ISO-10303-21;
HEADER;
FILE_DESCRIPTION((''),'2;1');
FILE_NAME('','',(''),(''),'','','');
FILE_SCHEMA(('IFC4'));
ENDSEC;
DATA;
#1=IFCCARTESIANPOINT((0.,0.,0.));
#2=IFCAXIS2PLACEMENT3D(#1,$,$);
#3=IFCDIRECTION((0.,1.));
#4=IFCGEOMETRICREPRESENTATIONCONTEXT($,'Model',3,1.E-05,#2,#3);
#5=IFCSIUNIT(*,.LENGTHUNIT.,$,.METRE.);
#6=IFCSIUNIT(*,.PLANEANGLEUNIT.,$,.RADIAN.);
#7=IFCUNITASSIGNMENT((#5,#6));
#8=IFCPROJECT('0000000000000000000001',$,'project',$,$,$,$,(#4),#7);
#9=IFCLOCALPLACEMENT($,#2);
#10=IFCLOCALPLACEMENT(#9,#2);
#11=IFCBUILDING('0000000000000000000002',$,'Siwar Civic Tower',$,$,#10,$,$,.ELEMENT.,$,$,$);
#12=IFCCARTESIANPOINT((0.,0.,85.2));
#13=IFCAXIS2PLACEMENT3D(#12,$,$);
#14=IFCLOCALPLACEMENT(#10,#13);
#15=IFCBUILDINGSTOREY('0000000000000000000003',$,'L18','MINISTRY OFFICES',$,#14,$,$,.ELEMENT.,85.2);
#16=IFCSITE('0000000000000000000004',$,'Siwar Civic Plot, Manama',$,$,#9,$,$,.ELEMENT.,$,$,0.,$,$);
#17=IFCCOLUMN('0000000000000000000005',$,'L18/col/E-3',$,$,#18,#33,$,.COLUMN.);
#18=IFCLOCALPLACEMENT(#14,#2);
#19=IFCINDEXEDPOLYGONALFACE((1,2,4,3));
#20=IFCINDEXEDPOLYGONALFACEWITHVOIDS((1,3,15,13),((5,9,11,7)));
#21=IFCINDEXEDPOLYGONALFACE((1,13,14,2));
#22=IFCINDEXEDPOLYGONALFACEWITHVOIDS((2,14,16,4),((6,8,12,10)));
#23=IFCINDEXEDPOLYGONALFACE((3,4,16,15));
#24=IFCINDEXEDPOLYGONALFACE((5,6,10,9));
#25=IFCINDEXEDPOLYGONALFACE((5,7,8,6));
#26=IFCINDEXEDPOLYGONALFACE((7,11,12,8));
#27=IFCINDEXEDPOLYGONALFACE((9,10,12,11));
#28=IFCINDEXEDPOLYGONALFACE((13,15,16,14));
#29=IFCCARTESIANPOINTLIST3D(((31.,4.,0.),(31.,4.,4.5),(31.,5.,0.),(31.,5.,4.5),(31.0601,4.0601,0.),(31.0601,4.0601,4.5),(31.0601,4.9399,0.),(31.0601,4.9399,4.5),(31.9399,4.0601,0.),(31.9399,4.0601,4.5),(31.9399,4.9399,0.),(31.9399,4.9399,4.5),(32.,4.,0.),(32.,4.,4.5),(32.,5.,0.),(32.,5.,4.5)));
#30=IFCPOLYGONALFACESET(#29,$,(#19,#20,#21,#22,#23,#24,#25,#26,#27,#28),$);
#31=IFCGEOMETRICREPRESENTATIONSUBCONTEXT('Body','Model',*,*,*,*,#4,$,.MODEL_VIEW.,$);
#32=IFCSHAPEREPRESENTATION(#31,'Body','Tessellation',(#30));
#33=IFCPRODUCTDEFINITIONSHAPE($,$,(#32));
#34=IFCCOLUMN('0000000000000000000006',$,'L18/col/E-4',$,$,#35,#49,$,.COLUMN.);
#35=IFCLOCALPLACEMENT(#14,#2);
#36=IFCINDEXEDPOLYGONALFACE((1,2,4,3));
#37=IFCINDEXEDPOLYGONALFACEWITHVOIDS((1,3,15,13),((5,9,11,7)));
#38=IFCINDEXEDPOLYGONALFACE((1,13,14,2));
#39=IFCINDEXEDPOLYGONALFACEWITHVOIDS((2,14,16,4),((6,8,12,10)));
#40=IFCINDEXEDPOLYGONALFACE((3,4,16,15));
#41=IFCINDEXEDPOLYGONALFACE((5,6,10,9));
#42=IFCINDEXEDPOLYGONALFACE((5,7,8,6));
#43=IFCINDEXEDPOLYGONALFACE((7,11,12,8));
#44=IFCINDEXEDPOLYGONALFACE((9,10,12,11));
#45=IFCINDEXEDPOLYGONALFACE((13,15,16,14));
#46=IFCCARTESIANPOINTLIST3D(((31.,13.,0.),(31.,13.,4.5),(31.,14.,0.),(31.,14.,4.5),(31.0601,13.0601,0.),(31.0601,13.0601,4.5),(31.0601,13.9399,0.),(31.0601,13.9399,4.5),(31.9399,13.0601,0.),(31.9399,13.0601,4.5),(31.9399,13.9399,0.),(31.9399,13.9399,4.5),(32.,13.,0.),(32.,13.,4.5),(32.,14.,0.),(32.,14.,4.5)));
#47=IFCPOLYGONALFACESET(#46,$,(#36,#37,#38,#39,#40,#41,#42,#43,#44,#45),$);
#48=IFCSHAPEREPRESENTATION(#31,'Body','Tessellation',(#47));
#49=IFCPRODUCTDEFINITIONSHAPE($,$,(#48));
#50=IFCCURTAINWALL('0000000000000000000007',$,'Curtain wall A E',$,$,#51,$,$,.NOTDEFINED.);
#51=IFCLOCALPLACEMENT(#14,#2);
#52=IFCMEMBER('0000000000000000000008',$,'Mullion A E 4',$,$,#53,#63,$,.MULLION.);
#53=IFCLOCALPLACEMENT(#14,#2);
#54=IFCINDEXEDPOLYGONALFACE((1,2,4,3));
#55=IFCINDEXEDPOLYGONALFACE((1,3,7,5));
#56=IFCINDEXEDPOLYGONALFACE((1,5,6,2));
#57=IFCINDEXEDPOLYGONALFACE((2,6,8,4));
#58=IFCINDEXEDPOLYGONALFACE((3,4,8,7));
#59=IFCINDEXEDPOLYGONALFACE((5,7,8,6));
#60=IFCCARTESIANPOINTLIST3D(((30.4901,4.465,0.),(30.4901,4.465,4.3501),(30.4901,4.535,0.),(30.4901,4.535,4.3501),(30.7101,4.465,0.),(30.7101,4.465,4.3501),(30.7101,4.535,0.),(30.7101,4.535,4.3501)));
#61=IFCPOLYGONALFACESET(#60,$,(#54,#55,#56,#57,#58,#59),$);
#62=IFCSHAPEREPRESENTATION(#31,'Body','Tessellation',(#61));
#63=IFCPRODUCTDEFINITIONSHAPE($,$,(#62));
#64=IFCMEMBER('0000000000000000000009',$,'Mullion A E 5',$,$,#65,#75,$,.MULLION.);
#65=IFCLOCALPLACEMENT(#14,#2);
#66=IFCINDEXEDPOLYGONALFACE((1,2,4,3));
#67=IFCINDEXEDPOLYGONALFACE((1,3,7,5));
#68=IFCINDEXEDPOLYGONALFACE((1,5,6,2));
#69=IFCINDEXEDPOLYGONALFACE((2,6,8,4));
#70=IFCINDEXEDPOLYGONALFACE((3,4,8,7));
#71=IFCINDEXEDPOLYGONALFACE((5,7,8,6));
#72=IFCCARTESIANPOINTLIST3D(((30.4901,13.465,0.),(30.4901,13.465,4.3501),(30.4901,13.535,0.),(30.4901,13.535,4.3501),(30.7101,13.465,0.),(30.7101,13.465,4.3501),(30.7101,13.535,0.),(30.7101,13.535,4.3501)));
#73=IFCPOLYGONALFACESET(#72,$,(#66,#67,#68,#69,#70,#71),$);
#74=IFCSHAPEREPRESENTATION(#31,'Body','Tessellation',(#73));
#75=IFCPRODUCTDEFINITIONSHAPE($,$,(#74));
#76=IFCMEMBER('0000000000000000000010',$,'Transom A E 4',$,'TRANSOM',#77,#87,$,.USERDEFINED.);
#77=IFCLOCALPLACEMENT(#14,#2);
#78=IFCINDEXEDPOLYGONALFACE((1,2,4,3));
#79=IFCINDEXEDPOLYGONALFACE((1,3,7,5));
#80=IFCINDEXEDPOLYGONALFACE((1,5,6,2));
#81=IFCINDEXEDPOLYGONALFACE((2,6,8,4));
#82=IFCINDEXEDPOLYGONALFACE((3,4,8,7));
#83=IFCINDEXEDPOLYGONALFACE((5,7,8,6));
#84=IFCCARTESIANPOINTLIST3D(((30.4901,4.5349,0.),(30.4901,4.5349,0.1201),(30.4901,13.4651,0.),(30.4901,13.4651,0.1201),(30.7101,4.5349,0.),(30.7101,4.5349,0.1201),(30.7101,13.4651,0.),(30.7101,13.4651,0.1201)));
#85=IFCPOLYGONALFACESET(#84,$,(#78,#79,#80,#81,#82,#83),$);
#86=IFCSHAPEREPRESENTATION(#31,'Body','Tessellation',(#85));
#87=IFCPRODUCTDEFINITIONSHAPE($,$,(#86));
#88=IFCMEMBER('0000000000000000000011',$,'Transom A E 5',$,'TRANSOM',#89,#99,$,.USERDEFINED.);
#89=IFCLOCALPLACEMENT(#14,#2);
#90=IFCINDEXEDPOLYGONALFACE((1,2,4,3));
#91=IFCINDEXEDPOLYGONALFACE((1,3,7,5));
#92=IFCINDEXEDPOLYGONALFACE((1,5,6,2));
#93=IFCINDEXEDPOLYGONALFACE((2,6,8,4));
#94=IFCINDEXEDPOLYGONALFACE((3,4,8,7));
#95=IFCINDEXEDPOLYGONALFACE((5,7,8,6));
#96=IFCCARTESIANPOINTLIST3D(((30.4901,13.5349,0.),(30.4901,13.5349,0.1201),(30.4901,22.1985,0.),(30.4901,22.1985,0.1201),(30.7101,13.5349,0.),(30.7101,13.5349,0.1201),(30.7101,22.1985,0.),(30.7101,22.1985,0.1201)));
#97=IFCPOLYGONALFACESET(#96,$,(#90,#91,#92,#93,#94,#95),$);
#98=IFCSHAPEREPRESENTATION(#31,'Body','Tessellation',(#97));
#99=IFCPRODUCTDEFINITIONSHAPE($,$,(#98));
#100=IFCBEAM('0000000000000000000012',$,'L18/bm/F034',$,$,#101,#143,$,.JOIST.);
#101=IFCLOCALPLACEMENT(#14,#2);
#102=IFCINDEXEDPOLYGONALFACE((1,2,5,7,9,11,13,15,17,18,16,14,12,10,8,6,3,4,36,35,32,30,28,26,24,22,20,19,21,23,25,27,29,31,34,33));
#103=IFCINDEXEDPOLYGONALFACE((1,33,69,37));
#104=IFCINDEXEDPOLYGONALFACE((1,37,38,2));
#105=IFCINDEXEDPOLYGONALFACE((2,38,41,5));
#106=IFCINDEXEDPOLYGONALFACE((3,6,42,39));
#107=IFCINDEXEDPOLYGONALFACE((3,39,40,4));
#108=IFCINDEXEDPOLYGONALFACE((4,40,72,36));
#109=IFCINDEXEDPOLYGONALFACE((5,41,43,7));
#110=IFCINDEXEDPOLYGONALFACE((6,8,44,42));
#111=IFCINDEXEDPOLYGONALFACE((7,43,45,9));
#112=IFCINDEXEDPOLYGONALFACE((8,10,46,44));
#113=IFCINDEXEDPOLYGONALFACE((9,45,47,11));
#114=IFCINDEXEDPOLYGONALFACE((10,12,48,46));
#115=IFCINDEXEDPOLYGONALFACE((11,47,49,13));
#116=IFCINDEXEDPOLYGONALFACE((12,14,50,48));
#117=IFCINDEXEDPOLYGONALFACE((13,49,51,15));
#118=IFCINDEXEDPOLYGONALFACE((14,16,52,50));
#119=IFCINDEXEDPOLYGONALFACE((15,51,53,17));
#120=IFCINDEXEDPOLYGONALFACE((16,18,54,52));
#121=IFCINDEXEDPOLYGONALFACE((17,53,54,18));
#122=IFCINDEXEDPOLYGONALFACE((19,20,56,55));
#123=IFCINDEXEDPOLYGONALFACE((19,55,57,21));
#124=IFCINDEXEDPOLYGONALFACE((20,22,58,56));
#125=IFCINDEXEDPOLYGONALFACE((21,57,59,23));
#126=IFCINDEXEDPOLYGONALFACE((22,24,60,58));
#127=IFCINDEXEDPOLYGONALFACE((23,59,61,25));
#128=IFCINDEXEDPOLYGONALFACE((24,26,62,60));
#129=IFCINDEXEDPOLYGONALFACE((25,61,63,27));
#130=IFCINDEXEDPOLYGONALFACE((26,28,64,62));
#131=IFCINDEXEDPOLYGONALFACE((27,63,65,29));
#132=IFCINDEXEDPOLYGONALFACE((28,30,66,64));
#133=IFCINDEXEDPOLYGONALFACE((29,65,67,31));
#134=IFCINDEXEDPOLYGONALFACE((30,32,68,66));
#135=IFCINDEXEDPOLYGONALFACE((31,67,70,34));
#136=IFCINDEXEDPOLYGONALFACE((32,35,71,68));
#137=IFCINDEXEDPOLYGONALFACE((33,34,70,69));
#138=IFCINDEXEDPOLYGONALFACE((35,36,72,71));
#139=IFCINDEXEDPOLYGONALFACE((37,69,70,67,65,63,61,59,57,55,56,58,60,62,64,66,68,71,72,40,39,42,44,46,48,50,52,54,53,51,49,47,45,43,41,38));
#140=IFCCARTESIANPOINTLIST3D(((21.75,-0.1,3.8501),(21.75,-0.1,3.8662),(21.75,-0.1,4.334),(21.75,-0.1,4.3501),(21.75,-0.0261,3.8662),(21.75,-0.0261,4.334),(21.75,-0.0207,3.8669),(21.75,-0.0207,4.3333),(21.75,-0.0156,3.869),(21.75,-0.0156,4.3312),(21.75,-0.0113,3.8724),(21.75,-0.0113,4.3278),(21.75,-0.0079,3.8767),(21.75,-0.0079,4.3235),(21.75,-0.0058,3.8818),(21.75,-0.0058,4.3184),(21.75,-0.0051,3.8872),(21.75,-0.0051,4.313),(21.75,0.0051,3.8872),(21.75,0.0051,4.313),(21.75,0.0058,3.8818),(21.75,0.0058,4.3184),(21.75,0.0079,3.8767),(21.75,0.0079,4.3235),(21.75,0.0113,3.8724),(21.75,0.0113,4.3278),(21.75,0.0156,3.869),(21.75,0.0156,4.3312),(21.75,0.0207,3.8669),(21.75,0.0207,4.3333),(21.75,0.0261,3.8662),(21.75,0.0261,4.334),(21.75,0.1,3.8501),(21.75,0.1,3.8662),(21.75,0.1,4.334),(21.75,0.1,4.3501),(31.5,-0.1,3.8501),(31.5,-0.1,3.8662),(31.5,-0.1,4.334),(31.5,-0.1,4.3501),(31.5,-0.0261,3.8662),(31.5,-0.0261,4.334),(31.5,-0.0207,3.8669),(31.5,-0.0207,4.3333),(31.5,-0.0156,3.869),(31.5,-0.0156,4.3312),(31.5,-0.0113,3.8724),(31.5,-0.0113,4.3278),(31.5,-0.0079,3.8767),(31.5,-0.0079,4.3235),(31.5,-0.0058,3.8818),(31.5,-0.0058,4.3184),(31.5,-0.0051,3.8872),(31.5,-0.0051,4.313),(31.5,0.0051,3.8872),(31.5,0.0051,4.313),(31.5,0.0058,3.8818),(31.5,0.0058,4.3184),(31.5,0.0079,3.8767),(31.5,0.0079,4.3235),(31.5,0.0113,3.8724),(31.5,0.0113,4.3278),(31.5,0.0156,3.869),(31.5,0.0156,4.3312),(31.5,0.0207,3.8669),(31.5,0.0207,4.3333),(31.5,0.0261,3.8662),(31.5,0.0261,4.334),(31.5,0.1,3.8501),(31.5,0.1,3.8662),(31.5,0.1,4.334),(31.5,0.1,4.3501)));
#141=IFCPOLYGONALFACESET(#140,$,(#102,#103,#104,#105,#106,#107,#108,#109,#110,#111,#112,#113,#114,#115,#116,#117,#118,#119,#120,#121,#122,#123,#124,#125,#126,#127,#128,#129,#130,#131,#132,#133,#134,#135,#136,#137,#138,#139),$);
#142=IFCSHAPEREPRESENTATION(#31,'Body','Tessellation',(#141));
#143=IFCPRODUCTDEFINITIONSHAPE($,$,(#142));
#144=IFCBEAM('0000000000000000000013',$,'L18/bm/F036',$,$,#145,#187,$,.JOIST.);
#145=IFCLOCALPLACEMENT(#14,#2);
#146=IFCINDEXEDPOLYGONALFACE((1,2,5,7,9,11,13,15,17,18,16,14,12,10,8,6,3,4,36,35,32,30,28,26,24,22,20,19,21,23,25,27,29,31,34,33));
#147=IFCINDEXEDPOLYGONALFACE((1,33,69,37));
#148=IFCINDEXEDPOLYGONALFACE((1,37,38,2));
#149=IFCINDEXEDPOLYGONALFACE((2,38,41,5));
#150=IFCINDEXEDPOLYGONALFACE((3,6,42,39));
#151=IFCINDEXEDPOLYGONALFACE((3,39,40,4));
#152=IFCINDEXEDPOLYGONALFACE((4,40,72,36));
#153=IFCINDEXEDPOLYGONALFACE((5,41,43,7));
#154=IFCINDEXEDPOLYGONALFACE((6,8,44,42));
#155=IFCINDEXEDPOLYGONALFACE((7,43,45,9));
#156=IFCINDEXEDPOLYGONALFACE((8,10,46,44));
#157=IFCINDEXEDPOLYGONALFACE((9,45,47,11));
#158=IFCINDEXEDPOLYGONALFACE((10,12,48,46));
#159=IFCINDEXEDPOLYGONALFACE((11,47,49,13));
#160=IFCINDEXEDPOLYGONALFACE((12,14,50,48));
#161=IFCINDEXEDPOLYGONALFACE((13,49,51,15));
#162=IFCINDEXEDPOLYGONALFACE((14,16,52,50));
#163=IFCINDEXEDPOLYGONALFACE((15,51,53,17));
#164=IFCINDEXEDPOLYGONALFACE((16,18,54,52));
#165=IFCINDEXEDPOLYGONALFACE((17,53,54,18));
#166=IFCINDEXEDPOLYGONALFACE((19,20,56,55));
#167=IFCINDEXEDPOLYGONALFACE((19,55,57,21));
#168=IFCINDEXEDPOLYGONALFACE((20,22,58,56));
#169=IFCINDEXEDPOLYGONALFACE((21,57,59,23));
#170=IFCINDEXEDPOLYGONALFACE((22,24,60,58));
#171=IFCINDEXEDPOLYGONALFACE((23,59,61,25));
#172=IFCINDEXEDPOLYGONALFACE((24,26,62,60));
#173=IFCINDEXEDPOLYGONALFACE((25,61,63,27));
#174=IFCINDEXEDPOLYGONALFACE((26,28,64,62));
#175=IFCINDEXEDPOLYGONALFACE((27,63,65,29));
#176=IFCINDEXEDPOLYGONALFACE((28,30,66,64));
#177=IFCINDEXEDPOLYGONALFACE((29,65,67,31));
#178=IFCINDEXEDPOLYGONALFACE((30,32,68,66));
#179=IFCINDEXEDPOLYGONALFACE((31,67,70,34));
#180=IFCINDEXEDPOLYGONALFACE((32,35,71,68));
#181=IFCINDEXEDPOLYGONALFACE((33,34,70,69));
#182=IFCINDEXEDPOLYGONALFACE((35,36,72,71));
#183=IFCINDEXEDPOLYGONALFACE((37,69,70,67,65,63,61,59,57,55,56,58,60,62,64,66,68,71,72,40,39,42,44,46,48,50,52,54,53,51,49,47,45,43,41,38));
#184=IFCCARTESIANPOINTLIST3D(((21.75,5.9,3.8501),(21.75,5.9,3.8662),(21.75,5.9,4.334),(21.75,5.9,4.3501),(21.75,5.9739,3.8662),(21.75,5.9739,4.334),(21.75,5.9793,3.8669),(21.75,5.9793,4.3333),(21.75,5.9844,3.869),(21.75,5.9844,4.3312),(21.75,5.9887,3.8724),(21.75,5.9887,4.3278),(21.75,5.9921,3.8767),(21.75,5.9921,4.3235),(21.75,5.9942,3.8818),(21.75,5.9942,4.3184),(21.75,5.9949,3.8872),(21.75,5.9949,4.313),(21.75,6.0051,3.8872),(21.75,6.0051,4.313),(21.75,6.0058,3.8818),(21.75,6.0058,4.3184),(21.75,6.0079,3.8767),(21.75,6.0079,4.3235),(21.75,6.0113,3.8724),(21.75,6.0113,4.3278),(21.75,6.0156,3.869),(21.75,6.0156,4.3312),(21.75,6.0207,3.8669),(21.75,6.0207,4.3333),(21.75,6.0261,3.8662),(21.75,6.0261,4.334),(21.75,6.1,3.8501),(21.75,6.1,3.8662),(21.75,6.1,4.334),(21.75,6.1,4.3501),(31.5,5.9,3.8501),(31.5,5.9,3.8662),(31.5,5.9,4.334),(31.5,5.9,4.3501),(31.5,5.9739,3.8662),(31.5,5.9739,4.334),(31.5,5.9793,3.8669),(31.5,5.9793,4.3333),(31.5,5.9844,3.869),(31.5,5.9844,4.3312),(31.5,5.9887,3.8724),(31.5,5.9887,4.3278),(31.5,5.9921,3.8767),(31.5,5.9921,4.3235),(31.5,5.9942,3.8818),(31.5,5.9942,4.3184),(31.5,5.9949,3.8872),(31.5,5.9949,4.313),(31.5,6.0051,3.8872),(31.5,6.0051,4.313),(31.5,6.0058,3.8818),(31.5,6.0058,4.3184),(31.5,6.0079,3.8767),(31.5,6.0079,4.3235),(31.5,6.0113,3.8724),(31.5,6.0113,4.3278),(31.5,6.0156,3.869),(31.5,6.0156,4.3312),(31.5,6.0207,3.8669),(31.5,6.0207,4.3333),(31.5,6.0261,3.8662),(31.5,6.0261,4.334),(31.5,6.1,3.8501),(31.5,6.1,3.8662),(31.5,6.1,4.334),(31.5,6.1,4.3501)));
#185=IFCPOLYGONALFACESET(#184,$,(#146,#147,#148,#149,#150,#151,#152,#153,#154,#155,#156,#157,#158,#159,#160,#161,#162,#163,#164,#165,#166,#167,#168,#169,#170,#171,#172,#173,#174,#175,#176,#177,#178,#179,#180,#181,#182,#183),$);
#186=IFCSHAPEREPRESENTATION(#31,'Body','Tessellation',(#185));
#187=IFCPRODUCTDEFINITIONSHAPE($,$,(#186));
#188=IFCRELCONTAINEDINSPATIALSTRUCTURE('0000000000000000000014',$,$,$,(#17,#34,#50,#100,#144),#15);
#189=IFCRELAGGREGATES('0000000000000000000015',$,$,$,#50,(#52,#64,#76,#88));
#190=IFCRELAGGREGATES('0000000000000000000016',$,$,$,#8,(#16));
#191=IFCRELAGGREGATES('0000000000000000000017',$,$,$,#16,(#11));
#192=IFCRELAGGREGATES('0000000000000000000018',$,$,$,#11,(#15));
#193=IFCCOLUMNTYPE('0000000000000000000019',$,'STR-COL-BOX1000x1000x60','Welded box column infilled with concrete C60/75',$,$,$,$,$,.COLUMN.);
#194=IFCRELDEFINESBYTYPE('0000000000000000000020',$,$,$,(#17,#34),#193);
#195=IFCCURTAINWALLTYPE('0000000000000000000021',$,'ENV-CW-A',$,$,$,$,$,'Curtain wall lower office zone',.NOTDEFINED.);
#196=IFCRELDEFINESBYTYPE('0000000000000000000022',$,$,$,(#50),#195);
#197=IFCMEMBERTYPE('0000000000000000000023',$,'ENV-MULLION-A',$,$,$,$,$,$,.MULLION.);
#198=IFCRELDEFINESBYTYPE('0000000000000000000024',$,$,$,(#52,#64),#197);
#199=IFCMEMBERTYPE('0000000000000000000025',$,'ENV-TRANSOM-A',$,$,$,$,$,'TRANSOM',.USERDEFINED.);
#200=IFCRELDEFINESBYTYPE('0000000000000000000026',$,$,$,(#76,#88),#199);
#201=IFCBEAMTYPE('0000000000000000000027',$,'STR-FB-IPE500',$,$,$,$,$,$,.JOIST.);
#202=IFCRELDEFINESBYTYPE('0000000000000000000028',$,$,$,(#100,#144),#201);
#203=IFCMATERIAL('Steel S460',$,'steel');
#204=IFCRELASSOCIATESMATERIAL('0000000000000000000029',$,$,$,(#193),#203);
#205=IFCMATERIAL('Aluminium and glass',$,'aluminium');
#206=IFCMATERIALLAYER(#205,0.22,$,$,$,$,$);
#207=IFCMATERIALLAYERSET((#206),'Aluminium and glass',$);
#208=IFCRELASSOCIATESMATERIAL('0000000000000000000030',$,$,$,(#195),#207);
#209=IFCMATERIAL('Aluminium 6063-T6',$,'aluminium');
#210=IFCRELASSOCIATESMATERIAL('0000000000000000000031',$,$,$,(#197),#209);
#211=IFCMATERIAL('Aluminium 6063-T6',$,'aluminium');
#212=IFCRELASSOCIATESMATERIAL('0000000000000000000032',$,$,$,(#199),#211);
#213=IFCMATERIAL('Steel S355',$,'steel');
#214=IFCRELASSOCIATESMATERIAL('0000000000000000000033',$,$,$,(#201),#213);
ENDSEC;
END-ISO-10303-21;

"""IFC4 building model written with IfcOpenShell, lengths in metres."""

from ifc_helpers import new_model, si_unit, direction, frame, origin, origin_2d, place, context, subcontext, project, spatial, rectangle, hollow_rectangle, i_section, extrude, material, layer, layer_set, material_profile, profile_set, type_object, element, aggregate, save


model = new_model("IFC4")

# Units and contexts
model_context = context("Model", 3, precision=1e-05, world=origin(), true_north=direction((0.0, 1.0)))
body_context = subcontext(model_context, "Body", "Model", "MODEL_VIEW")
ifc_project = project(units=[si_unit("LENGTHUNIT", "METRE"), si_unit("PLANEANGLEUNIT", "RADIAN")], contexts=[model_context])

# Site, building, storey
site_placement = place(None, origin())
site = spatial("IfcSite", under=ifc_project, at=site_placement, Name="Siwar Civic Plot, Manama", CompositionType="ELEMENT", RefElevation=0.0)
building_placement = place(site_placement, origin())
building = spatial("IfcBuilding", under=site, at=building_placement, Name="Siwar Civic Tower", CompositionType="ELEMENT")
storey_placement = place(building_placement, frame((0.0, 0.0, 85.2)))
storey = spatial("IfcBuildingStorey", under=building, at=storey_placement, Name="L18", Description="MINISTRY OFFICES", CompositionType="ELEMENT", Elevation=85.2)

# Columns
ifc_material_1 = material(Name="Steel S460", Category="steel")
ifc_material_profile_1 = material_profile(ifc_material_1, hollow_rectangle(XDim=1.0, YDim=1.0, WallThickness=0.0601, at=origin_2d()), Name="BOX1000x1000x60")
ifc_profile_set_1 = profile_set([ifc_material_profile_1], Name="Steel S460")
column_type = type_object("IfcColumnType", Name="STR-COL-BOX1000x1000x60", Description="Welded box column infilled with concrete C60/75", PredefinedType="COLUMN", material=ifc_profile_set_1)
for number, where, z_axis, x_axis, name in (
    (1, (31.5, 4.5, 0.0), (0.0, 0.0, 1.0), (1.0, 0.0, 0.0), "L18/col/E-3"),
    (2, (31.5, 13.5, 0.0), (0.0, 0.0, 1.0), (1.0, 0.0, 0.0), "L18/col/E-4"),
):
    element("IfcColumn", number, at=place(storey_placement, frame(where, z_axis=z_axis, x_axis=x_axis)), inside=storey, type_object=column_type, Name=name, PredefinedType="COLUMN", context=body_context, shape_type="SweptSolid", body=[
        extrude(hollow_rectangle(XDim=1.0, YDim=1.0, WallThickness=0.0601, at=origin_2d()), origin(), (0.0, 0.0, 1.0), 4.5),
    ])

# Curtain wall, members
ifc_material_2 = material(Name="Aluminium and glass", Category="aluminium")
ifc_layer_1 = layer(ifc_material_2, 0.22)
ifc_layer_set_1 = layer_set([ifc_layer_1], Name="Aluminium and glass")
curtain_wall_type = type_object("IfcCurtainWallType", Name="ENV-CW-A", ElementType="Curtain wall lower office zone", PredefinedType="NOTDEFINED", material=ifc_layer_set_1)
curtain_wall_placement = place(storey_placement, origin())
curtain_wall = element("IfcCurtainWall", 3, at=curtain_wall_placement, inside=storey, type_object=curtain_wall_type, Name="Curtain wall A E", PredefinedType="NOTDEFINED")
ifc_material_3 = material(Name="Aluminium 6063-T6", Category="aluminium")
ifc_material_profile_2 = material_profile(ifc_material_3, rectangle(XDim=0.22, YDim=0.0701, at=origin_2d()), Name="AL 220x70")
ifc_profile_set_2 = profile_set([ifc_material_profile_2], Name="Aluminium 6063-T6")
member_type_1 = type_object("IfcMemberType", Name="ENV-MULLION-A", PredefinedType="MULLION", material=ifc_profile_set_2)
member_1_placement = place(storey_placement, frame((30.6001, 4.5, 0.0), z_axis=(0.0, 0.0, 1.0), x_axis=(-1.0, 0.0, 0.0)))
member_1 = element("IfcMember", 4, at=member_1_placement, type_object=member_type_1, Name="Mullion A E 4", PredefinedType="MULLION", context=body_context, shape_type="SweptSolid", body=[
    extrude(rectangle(XDim=0.22, YDim=0.0701, at=origin_2d()), origin(), (0.0, 0.0, 1.0), 4.3501),
])
member_2_placement = place(storey_placement, frame((30.6001, 13.5, 0.0), z_axis=(0.0, 0.0, 1.0), x_axis=(-1.0, 0.0, 0.0)))
member_2 = element("IfcMember", 5, at=member_2_placement, type_object=member_type_1, Name="Mullion A E 5", PredefinedType="MULLION", context=body_context, shape_type="SweptSolid", body=[
    extrude(rectangle(XDim=0.22, YDim=0.0701, at=origin_2d()), origin(), (0.0, 0.0, 1.0), 4.3501),
])
ifc_material_4 = material(Name="Aluminium 6063-T6", Category="aluminium")
ifc_material_profile_3 = material_profile(ifc_material_4, rectangle(XDim=0.22, YDim=0.1201, at=origin_2d()), Name="AL 220x120")
ifc_profile_set_3 = profile_set([ifc_material_profile_3], Name="Aluminium 6063-T6")
member_type_2 = type_object("IfcMemberType", Name="ENV-TRANSOM-A", ElementType="TRANSOM", PredefinedType="USERDEFINED", material=ifc_profile_set_3)
member_3_placement = place(storey_placement, frame((30.6001, 4.5349, 0.0601), z_axis=(0.0, 1.0, 0.0), x_axis=(-1.0, 0.0, 0.0)))
member_3 = element("IfcMember", 6, at=member_3_placement, type_object=member_type_2, Name="Transom A E 4", ObjectType="TRANSOM", PredefinedType="USERDEFINED", context=body_context, shape_type="SweptSolid", body=[
    extrude(rectangle(XDim=0.22, YDim=0.1201, at=origin_2d()), origin(), (0.0, 0.0, 1.0), 8.9302),
])
member_4_placement = place(storey_placement, frame((30.6001, 13.5349, 0.0601), z_axis=(0.0, 1.0, 0.0), x_axis=(-1.0, 0.0, 0.0)))
member_4 = element("IfcMember", 7, at=member_4_placement, type_object=member_type_2, Name="Transom A E 5", ObjectType="TRANSOM", PredefinedType="USERDEFINED", context=body_context, shape_type="SweptSolid", body=[
    extrude(rectangle(XDim=0.22, YDim=0.1201, at=origin_2d()), origin(), (0.0, 0.0, 1.0), 8.6636),
])

# Beams
ifc_material_5 = material(Name="Steel S355", Category="steel")
ifc_material_profile_4 = material_profile(ifc_material_5, i_section(OverallWidth=0.2, OverallDepth=0.5, WebThickness=0.0103, FlangeThickness=0.0161, FilletRadius=0.021, at=origin_2d()), Name="IPE500")
ifc_profile_set_4 = profile_set([ifc_material_profile_4], Name="Steel S355")
beam_type_1 = type_object("IfcBeamType", Name="STR-FB-IPE500", PredefinedType="JOIST", material=ifc_profile_set_4)
for number, where, z_axis, x_axis, name in (
    (8, (21.75, 0.0, 4.1001), (1.0, 0.0, 0.0), (0.0, 1.0, 0.0), "L18/bm/F034"),
    (9, (21.75, 6.0, 4.1001), (1.0, 0.0, 0.0), (0.0, 1.0, 0.0), "L18/bm/F036"),
):
    element("IfcBeam", number, at=place(storey_placement, frame(where, z_axis=z_axis, x_axis=x_axis)), inside=storey, type_object=beam_type_1, Name=name, PredefinedType="JOIST", context=body_context, shape_type="SweptSolid", body=[
        extrude(i_section(OverallWidth=0.2, OverallDepth=0.5, WebThickness=0.0103, FlangeThickness=0.0161, FilletRadius=0.021, at=origin_2d()), origin(), (0.0, 0.0, 1.0), 9.75),
    ])

aggregate(curtain_wall, [member_1, member_2, member_3, member_4])

save(model, "model.ifc")
